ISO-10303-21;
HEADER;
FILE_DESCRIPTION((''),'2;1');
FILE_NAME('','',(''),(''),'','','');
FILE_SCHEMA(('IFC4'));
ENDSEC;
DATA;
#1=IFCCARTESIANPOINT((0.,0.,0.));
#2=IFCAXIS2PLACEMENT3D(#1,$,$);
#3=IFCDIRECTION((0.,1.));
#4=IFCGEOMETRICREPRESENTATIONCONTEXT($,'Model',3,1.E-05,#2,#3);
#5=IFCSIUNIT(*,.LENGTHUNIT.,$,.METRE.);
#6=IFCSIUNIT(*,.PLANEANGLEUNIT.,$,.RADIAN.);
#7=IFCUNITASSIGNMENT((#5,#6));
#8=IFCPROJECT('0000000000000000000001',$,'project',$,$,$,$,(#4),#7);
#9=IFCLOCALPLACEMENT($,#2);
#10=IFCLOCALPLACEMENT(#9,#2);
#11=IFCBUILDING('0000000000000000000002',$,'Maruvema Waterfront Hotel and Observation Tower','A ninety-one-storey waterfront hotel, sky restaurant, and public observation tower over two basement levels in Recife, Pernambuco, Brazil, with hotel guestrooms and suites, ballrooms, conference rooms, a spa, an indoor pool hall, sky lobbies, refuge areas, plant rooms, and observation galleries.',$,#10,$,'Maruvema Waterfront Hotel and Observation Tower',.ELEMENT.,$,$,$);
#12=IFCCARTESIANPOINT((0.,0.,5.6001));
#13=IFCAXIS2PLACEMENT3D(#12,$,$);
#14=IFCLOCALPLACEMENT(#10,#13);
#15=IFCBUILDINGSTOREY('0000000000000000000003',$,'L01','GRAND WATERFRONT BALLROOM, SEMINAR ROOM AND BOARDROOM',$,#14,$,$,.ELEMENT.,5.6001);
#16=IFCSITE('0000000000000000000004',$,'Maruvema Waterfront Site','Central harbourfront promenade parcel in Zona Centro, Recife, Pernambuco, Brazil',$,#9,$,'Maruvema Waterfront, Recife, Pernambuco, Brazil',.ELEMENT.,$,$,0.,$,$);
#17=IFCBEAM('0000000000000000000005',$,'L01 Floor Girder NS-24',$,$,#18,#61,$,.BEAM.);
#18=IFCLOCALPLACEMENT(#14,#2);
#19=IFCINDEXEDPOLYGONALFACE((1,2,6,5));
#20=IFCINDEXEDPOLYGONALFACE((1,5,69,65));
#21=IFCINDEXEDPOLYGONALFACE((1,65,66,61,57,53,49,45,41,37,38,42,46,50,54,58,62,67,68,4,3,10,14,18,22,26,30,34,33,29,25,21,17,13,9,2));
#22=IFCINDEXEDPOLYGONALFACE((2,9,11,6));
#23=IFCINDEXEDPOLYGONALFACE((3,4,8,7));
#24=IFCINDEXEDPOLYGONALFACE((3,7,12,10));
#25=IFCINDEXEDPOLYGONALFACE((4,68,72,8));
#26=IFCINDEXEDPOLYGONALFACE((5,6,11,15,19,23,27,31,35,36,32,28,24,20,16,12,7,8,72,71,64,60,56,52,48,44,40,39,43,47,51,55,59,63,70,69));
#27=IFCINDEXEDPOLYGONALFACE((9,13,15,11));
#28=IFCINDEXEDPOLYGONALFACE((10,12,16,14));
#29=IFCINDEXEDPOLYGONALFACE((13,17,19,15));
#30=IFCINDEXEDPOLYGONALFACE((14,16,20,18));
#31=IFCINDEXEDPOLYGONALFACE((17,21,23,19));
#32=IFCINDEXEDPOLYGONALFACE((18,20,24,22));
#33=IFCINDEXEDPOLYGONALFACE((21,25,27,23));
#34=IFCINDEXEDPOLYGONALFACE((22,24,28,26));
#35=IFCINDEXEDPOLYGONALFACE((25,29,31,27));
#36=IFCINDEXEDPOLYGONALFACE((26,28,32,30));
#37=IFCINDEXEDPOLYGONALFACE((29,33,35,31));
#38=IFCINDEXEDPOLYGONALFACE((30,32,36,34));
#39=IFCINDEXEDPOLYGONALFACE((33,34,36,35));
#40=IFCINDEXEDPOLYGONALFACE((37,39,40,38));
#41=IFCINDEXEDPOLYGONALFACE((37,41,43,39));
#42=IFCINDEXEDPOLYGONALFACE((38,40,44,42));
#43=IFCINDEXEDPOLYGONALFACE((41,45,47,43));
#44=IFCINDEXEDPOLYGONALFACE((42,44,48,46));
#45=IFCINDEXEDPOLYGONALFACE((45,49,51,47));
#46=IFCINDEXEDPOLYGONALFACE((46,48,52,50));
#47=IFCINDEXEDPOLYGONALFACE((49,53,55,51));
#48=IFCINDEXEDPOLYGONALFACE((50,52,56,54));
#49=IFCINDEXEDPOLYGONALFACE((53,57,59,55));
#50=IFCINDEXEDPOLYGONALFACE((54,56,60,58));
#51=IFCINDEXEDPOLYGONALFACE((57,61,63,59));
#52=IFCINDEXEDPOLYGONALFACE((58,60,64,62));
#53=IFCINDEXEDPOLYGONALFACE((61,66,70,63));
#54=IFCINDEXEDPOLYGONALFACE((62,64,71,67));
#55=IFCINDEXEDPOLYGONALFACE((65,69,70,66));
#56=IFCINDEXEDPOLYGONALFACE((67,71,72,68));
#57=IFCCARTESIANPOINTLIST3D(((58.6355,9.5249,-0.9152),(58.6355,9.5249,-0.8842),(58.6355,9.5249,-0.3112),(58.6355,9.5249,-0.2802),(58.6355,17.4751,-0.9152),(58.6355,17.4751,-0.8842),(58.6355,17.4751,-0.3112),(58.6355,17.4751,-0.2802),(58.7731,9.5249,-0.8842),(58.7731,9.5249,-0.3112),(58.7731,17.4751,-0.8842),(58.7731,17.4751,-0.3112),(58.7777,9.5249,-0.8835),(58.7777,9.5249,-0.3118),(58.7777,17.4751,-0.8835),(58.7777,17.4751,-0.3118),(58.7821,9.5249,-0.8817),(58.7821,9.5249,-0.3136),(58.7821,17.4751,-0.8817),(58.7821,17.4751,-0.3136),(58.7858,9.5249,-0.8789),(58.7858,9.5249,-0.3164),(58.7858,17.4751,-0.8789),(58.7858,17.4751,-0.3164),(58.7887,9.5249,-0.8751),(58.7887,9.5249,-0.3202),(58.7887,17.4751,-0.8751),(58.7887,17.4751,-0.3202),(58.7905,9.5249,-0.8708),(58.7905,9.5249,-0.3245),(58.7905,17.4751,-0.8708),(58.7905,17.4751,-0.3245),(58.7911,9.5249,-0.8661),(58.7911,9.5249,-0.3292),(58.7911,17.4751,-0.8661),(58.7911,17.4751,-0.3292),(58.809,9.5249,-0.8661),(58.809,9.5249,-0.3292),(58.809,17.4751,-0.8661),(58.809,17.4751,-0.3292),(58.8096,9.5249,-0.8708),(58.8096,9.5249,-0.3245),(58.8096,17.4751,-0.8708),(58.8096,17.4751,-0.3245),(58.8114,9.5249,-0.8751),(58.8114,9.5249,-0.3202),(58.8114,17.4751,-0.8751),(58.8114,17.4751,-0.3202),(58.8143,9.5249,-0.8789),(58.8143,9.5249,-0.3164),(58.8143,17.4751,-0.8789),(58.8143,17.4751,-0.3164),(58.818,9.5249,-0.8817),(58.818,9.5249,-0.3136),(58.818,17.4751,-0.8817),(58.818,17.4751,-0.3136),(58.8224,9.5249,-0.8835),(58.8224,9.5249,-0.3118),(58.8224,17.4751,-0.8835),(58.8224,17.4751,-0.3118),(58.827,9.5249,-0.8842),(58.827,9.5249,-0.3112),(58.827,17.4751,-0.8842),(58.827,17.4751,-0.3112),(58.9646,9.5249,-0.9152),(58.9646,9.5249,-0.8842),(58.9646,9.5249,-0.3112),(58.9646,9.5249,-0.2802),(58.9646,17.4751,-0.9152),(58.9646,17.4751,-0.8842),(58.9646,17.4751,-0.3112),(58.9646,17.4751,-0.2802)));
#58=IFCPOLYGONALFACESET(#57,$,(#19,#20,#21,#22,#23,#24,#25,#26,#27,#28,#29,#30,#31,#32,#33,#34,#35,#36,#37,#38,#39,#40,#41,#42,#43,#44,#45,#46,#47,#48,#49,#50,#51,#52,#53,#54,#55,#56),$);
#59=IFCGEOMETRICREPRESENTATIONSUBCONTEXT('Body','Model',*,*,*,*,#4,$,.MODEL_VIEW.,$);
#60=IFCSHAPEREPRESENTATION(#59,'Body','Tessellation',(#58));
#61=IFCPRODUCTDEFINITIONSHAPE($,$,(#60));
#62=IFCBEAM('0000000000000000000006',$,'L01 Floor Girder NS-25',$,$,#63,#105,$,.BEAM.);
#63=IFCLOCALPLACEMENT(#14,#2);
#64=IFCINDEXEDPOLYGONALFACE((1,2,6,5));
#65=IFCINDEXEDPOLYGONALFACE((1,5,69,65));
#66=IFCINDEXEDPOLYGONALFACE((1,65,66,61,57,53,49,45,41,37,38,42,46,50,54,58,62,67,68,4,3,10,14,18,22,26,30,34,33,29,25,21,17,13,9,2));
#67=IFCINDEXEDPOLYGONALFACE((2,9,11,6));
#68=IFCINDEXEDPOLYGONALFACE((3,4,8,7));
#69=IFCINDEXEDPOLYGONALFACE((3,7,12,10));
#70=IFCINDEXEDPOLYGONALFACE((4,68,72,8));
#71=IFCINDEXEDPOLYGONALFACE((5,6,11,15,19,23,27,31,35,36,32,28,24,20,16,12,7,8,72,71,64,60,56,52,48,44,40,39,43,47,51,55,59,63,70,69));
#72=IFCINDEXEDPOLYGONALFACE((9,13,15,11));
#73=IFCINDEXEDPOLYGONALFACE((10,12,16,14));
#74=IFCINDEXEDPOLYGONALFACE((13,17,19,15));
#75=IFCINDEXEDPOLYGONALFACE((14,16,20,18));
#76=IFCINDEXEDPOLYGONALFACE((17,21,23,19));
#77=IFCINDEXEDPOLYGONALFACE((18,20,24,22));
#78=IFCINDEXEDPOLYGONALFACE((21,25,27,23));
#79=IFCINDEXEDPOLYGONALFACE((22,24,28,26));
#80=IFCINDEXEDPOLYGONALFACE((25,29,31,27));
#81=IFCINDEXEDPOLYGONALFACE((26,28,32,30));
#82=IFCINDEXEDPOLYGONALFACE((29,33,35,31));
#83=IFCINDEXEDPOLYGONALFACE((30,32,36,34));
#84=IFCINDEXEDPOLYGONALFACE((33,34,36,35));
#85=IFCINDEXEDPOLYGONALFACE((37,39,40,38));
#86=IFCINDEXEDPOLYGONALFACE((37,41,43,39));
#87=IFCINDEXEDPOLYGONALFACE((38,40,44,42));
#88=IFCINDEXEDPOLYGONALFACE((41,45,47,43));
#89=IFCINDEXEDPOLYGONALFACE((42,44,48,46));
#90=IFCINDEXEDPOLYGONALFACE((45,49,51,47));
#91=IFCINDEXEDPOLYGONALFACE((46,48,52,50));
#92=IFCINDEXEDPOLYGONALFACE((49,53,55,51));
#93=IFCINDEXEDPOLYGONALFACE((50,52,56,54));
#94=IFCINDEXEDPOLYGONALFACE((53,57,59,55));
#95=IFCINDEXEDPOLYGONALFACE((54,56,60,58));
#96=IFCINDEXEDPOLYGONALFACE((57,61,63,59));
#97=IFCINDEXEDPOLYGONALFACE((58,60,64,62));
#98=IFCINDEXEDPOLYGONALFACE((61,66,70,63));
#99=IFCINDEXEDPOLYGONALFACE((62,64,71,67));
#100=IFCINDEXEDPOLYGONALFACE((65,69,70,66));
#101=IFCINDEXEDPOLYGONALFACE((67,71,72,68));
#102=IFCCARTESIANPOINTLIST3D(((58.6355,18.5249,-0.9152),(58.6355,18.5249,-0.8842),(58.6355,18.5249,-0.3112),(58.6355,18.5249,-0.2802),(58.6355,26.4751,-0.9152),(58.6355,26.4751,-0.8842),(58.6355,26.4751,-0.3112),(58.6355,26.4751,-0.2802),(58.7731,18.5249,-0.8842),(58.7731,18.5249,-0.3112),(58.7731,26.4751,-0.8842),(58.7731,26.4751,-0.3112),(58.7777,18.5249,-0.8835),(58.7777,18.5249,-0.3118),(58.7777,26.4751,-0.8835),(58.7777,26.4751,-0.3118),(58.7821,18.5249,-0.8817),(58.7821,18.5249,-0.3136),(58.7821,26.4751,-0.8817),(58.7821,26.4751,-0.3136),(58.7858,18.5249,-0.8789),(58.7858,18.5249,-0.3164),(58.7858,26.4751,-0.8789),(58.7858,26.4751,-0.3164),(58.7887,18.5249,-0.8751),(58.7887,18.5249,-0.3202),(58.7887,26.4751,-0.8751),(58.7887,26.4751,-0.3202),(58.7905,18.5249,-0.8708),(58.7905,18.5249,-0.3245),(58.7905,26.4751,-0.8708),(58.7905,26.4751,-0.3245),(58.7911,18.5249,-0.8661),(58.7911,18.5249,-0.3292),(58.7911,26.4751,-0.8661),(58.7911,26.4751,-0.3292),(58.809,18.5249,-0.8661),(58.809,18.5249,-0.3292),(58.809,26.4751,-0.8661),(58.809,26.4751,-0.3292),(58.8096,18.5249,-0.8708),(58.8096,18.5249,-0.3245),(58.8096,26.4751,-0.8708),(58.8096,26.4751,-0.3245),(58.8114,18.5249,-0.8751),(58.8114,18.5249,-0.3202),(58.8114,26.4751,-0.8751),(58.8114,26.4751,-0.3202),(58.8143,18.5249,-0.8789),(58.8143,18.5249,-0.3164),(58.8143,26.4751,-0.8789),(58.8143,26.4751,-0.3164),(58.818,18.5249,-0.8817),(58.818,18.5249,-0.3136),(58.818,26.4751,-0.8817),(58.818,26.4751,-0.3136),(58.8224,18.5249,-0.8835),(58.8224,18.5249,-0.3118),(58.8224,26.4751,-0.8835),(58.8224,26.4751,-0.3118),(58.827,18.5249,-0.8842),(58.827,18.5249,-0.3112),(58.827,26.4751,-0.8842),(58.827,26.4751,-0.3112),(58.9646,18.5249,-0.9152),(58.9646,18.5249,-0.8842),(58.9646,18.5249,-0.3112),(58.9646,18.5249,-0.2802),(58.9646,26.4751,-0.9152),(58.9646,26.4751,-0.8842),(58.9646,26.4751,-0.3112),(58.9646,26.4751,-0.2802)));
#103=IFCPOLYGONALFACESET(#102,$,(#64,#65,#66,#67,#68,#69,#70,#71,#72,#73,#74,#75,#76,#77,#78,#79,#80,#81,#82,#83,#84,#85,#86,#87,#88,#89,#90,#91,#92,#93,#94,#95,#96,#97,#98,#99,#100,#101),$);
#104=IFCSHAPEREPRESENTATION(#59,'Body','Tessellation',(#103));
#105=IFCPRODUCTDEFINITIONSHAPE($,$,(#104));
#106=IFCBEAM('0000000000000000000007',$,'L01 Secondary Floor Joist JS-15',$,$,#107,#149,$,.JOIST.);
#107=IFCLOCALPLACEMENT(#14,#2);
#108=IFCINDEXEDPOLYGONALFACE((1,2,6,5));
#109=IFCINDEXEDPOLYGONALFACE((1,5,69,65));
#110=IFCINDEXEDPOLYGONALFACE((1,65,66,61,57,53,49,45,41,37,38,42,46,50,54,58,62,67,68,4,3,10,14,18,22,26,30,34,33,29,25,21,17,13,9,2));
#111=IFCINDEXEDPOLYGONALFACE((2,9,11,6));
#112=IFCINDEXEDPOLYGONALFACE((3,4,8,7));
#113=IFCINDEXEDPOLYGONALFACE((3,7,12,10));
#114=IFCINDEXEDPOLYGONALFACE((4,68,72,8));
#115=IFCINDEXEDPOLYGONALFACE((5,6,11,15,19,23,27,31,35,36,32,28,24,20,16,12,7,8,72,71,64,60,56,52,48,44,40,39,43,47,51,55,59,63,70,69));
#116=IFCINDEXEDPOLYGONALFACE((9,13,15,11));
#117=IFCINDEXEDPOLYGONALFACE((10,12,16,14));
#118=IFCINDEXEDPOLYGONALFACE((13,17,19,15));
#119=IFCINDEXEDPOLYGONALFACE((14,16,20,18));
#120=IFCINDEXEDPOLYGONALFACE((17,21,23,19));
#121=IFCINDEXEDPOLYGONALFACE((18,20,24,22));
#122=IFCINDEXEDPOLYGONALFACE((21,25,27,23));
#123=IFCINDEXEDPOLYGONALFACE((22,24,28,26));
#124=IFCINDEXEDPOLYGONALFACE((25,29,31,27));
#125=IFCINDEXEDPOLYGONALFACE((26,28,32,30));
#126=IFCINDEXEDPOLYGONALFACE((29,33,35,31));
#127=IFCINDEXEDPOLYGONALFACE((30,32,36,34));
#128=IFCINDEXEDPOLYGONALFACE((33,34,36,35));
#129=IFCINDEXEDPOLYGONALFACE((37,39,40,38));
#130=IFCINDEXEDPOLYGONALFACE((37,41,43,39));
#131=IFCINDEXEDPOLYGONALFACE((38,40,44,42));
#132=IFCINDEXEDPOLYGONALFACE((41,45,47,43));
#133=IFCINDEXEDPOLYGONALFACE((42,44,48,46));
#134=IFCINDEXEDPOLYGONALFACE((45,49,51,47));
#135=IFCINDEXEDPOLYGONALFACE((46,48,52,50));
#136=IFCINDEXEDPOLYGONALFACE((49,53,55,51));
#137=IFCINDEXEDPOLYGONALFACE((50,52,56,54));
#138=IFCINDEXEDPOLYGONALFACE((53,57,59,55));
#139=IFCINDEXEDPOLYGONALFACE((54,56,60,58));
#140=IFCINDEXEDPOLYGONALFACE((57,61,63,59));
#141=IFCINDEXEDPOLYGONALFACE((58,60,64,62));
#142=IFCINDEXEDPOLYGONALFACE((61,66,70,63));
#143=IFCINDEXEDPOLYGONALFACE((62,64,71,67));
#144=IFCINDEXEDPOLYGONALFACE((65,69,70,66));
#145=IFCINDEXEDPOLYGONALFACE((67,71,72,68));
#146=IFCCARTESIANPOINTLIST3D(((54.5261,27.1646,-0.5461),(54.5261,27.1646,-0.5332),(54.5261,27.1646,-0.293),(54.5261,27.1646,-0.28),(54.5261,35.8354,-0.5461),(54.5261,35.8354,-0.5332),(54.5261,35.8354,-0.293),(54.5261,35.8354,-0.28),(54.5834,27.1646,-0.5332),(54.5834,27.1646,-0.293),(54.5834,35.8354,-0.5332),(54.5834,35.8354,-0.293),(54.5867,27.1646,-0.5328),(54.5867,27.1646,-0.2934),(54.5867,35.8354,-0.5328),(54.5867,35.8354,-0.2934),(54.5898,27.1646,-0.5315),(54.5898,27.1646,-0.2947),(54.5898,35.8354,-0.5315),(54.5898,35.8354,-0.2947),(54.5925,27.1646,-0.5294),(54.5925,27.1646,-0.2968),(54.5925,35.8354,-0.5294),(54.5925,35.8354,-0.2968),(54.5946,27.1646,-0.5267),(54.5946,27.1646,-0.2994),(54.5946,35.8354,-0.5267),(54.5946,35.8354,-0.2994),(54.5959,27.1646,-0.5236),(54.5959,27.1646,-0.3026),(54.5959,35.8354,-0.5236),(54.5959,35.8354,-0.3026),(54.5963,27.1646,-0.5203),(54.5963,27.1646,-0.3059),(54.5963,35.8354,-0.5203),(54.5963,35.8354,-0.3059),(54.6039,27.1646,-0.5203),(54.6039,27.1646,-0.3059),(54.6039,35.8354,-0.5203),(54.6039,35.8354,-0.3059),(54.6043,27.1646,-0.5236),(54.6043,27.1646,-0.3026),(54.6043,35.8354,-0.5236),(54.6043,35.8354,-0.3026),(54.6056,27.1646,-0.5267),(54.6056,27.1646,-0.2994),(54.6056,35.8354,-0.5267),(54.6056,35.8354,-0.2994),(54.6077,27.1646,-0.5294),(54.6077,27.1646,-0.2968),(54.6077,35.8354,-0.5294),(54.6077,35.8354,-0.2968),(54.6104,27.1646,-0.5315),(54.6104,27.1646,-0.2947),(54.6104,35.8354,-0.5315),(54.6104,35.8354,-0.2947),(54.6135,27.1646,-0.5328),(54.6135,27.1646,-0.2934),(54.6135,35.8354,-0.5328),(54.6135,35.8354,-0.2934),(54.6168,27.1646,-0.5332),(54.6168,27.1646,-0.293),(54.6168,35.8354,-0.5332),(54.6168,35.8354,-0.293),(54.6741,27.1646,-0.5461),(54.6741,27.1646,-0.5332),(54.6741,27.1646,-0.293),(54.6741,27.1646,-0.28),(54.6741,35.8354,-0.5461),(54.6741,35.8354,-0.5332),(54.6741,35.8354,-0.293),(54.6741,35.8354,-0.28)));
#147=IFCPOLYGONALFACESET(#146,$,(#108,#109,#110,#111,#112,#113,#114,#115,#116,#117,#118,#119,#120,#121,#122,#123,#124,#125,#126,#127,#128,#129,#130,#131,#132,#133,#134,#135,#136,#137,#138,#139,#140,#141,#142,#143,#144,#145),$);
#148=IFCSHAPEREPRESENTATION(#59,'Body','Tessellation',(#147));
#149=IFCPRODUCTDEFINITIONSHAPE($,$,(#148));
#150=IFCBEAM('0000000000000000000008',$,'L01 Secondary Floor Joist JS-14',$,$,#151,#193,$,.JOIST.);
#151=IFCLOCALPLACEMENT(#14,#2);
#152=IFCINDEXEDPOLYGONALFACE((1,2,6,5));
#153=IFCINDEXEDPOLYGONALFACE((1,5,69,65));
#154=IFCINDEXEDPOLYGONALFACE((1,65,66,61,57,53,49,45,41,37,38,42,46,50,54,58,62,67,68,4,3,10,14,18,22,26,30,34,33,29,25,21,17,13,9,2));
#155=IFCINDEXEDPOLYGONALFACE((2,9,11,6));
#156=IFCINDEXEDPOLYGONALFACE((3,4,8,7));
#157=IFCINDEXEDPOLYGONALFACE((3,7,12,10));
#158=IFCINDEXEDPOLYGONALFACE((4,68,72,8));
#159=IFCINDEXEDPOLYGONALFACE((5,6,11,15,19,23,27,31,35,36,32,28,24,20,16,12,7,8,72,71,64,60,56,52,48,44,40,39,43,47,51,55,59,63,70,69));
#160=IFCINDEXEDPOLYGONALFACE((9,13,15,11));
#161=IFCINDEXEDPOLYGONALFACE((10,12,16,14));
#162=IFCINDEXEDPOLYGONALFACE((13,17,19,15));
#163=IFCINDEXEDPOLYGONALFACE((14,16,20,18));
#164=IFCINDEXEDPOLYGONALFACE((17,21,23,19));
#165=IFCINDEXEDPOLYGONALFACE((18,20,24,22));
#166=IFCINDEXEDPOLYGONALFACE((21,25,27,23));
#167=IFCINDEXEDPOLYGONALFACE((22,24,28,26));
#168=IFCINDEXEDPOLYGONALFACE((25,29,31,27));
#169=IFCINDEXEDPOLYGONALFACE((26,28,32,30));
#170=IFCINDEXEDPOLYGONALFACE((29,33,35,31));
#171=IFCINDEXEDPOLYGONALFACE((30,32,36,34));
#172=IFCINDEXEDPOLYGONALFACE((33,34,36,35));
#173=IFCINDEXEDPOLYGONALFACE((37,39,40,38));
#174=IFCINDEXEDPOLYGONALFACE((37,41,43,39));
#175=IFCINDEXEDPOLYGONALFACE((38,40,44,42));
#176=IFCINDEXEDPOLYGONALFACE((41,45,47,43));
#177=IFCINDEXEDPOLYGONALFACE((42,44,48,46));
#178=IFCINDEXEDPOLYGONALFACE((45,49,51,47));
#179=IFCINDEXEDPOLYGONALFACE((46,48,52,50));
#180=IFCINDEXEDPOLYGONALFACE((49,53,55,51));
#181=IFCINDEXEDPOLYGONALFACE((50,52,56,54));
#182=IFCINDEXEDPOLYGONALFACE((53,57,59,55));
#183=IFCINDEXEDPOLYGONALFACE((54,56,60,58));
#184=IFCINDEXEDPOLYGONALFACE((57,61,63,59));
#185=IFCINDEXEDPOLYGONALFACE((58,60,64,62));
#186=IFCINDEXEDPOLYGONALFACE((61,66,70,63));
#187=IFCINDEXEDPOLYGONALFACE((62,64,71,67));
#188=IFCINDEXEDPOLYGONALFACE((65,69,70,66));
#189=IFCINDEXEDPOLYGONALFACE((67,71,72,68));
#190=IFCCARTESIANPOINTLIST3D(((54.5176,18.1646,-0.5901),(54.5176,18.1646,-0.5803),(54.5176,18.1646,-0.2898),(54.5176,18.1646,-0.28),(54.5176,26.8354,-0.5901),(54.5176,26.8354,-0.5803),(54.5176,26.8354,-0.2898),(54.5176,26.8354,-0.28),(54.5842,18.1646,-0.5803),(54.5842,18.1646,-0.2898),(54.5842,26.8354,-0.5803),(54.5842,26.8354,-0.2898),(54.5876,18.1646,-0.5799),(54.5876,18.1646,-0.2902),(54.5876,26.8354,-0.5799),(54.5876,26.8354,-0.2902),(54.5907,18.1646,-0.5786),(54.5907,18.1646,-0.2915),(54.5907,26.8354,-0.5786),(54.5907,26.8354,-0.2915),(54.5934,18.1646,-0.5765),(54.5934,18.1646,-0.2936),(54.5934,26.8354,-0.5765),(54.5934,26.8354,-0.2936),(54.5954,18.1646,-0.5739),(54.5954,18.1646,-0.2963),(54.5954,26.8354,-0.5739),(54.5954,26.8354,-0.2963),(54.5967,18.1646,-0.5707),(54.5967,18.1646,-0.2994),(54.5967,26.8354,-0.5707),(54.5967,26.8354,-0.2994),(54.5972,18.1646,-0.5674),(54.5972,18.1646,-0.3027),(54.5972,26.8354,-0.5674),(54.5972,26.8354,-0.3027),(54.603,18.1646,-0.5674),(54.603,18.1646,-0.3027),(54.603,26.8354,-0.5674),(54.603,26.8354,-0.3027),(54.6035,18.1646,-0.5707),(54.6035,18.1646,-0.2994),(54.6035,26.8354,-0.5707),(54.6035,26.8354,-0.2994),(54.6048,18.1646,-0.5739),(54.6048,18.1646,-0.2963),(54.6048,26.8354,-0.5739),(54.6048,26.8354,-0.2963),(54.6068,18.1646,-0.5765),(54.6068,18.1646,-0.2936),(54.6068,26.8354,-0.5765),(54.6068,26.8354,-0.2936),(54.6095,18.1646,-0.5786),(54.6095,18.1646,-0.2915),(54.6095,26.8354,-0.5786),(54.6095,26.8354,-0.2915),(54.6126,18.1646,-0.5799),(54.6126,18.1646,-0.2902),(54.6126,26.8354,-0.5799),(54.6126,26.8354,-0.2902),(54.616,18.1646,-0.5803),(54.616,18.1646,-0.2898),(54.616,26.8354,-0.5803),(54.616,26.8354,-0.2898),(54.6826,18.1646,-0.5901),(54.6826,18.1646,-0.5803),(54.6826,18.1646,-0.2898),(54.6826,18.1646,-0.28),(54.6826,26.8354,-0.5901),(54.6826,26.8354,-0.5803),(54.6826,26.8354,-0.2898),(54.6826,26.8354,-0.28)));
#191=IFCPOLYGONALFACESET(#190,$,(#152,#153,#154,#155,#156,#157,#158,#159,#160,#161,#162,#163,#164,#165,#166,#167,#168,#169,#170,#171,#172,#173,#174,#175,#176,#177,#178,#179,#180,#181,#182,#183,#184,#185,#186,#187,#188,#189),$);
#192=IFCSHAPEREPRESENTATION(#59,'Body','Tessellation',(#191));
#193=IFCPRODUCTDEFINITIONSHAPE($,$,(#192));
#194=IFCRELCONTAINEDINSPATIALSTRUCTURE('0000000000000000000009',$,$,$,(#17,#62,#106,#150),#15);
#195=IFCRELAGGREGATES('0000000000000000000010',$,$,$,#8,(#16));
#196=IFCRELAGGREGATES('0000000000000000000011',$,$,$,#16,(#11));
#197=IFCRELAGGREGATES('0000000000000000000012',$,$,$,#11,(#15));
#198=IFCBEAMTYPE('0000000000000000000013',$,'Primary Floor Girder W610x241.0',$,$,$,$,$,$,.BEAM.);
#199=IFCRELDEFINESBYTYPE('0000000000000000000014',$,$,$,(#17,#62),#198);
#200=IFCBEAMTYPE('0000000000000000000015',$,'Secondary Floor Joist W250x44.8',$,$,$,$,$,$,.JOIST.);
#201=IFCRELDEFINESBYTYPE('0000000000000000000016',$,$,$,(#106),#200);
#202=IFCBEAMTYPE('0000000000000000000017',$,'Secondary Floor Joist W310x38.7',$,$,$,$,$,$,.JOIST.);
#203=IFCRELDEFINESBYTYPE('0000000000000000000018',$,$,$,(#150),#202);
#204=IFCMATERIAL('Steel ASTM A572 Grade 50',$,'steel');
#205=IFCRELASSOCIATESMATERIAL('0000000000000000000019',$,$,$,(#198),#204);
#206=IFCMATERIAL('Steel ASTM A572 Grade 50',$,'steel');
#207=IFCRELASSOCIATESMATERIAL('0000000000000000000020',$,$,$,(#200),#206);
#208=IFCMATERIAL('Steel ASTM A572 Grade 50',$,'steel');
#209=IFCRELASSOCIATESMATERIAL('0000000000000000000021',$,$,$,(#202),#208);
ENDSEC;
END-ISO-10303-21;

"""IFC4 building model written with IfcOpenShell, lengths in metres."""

from ifc_helpers import new_model, si_unit, direction, frame, origin, origin_2d, place, context, subcontext, project, spatial, i_section, extrude, material, material_profile, profile_set, type_object, element, save


model = new_model("IFC4")

# Units and contexts
model_context = context("Model", 3, precision=1e-05, world=origin(), true_north=direction((0.0, 1.0)))
body_context = subcontext(model_context, "Body", "Model", "MODEL_VIEW")
ifc_project = project(units=[si_unit("LENGTHUNIT", "METRE"), si_unit("PLANEANGLEUNIT", "RADIAN")], contexts=[model_context])

# Site, building, storey
site_placement = place(None, origin())
site = spatial("IfcSite", under=ifc_project, at=site_placement, Name="Maruvema Waterfront Site", Description="Central harbourfront promenade parcel in Zona Centro, Recife, Pernambuco, Brazil", LongName="Maruvema Waterfront, Recife, Pernambuco, Brazil", CompositionType="ELEMENT", RefElevation=0.0)
building_placement = place(site_placement, origin())
building = spatial("IfcBuilding", under=site, at=building_placement, Name="Maruvema Waterfront Hotel and Observation Tower", Description="A ninety-one-storey waterfront hotel, sky restaurant, and public observation tower over two basement levels in Recife, Pernambuco, Brazil, with hotel guestrooms and suites, ballrooms, conference rooms, a spa, an indoor pool hall, sky lobbies, refuge areas, plant rooms, and observation galleries.", LongName="Maruvema Waterfront Hotel and Observation Tower", CompositionType="ELEMENT")
storey_placement = place(building_placement, frame((0.0, 0.0, 5.6001)))
storey = spatial("IfcBuildingStorey", under=building, at=storey_placement, Name="L01", Description="GRAND WATERFRONT BALLROOM, SEMINAR ROOM AND BOARDROOM", CompositionType="ELEMENT", Elevation=5.6001)

# Beams
ifc_material_1 = material(Name="Steel ASTM A572 Grade 50", Category="steel")
ifc_material_profile_1 = material_profile(ifc_material_1, i_section(OverallWidth=0.3291, OverallDepth=0.635, WebThickness=0.0178, FlangeThickness=0.031, FilletRadius=0.0181, at=origin_2d()), Name="W610x241.0")
ifc_profile_set_1 = profile_set([ifc_material_profile_1], Name="Steel ASTM A572 Grade 50")
beam_type_1 = type_object("IfcBeamType", Name="Primary Floor Girder W610x241.0", PredefinedType="BEAM", material=ifc_profile_set_1)
for number, where, z_axis, x_axis, name in (
    (1, (58.8, 9.5249, -0.5977), (0.0, 1.0, 0.0), (-1.0, 0.0, 0.0), "L01 Floor Girder NS-24"),
    (2, (58.8, 18.5249, -0.5977), (0.0, 1.0, 0.0), (-1.0, 0.0, 0.0), "L01 Floor Girder NS-25"),
):
    element("IfcBeam", number, at=place(storey_placement, frame(where, z_axis=z_axis, x_axis=x_axis)), inside=storey, type_object=beam_type_1, Name=name, PredefinedType="BEAM", context=body_context, shape_type="SweptSolid", body=[
        extrude(i_section(OverallWidth=0.3291, OverallDepth=0.635, WebThickness=0.0178, FlangeThickness=0.031, FilletRadius=0.0181, at=origin_2d()), origin(), (0.0, 0.0, 1.0), 7.9502),
    ])
ifc_material_2 = material(Name="Steel ASTM A572 Grade 50", Category="steel")
ifc_material_profile_2 = material_profile(ifc_material_2, i_section(OverallWidth=0.1479, OverallDepth=0.2661, WebThickness=0.0076, FlangeThickness=0.0129, FilletRadius=0.0129, at=origin_2d()), Name="W250x44.8")
ifc_profile_set_2 = profile_set([ifc_material_profile_2], Name="Steel ASTM A572 Grade 50")
beam_type_2 = type_object("IfcBeamType", Name="Secondary Floor Joist W250x44.8", PredefinedType="JOIST", material=ifc_profile_set_2)
beam_1_placement = place(storey_placement, frame((54.6001, 27.1646, -0.4131), z_axis=(0.0, 1.0, 0.0), x_axis=(-1.0, 0.0, 0.0)))
element("IfcBeam", 3, at=beam_1_placement, inside=storey, type_object=beam_type_2, Name="L01 Secondary Floor Joist JS-15", PredefinedType="JOIST", context=body_context, shape_type="SweptSolid", body=[
    extrude(i_section(OverallWidth=0.1479, OverallDepth=0.2661, WebThickness=0.0076, FlangeThickness=0.0129, FilletRadius=0.0129, at=origin_2d()), origin(), (0.0, 0.0, 1.0), 8.6709),
])
ifc_material_3 = material(Name="Steel ASTM A572 Grade 50", Category="steel")
ifc_material_profile_3 = material_profile(ifc_material_3, i_section(OverallWidth=0.165, OverallDepth=0.3101, WebThickness=0.0059, FlangeThickness=0.0098, FilletRadius=0.0129, at=origin_2d()), Name="W310x38.7")
ifc_profile_set_3 = profile_set([ifc_material_profile_3], Name="Steel ASTM A572 Grade 50")
beam_type_3 = type_object("IfcBeamType", Name="Secondary Floor Joist W310x38.7", PredefinedType="JOIST", material=ifc_profile_set_3)
beam_2_placement = place(storey_placement, frame((54.6001, 18.1646, -0.4351), z_axis=(0.0, 1.0, 0.0), x_axis=(-1.0, 0.0, 0.0)))
element("IfcBeam", 4, at=beam_2_placement, inside=storey, type_object=beam_type_3, Name="L01 Secondary Floor Joist JS-14", PredefinedType="JOIST", context=body_context, shape_type="SweptSolid", body=[
    extrude(i_section(OverallWidth=0.165, OverallDepth=0.3101, WebThickness=0.0059, FlangeThickness=0.0098, FilletRadius=0.0129, at=origin_2d()), origin(), (0.0, 0.0, 1.0), 8.6709),
])

save(model, "model.ifc")
